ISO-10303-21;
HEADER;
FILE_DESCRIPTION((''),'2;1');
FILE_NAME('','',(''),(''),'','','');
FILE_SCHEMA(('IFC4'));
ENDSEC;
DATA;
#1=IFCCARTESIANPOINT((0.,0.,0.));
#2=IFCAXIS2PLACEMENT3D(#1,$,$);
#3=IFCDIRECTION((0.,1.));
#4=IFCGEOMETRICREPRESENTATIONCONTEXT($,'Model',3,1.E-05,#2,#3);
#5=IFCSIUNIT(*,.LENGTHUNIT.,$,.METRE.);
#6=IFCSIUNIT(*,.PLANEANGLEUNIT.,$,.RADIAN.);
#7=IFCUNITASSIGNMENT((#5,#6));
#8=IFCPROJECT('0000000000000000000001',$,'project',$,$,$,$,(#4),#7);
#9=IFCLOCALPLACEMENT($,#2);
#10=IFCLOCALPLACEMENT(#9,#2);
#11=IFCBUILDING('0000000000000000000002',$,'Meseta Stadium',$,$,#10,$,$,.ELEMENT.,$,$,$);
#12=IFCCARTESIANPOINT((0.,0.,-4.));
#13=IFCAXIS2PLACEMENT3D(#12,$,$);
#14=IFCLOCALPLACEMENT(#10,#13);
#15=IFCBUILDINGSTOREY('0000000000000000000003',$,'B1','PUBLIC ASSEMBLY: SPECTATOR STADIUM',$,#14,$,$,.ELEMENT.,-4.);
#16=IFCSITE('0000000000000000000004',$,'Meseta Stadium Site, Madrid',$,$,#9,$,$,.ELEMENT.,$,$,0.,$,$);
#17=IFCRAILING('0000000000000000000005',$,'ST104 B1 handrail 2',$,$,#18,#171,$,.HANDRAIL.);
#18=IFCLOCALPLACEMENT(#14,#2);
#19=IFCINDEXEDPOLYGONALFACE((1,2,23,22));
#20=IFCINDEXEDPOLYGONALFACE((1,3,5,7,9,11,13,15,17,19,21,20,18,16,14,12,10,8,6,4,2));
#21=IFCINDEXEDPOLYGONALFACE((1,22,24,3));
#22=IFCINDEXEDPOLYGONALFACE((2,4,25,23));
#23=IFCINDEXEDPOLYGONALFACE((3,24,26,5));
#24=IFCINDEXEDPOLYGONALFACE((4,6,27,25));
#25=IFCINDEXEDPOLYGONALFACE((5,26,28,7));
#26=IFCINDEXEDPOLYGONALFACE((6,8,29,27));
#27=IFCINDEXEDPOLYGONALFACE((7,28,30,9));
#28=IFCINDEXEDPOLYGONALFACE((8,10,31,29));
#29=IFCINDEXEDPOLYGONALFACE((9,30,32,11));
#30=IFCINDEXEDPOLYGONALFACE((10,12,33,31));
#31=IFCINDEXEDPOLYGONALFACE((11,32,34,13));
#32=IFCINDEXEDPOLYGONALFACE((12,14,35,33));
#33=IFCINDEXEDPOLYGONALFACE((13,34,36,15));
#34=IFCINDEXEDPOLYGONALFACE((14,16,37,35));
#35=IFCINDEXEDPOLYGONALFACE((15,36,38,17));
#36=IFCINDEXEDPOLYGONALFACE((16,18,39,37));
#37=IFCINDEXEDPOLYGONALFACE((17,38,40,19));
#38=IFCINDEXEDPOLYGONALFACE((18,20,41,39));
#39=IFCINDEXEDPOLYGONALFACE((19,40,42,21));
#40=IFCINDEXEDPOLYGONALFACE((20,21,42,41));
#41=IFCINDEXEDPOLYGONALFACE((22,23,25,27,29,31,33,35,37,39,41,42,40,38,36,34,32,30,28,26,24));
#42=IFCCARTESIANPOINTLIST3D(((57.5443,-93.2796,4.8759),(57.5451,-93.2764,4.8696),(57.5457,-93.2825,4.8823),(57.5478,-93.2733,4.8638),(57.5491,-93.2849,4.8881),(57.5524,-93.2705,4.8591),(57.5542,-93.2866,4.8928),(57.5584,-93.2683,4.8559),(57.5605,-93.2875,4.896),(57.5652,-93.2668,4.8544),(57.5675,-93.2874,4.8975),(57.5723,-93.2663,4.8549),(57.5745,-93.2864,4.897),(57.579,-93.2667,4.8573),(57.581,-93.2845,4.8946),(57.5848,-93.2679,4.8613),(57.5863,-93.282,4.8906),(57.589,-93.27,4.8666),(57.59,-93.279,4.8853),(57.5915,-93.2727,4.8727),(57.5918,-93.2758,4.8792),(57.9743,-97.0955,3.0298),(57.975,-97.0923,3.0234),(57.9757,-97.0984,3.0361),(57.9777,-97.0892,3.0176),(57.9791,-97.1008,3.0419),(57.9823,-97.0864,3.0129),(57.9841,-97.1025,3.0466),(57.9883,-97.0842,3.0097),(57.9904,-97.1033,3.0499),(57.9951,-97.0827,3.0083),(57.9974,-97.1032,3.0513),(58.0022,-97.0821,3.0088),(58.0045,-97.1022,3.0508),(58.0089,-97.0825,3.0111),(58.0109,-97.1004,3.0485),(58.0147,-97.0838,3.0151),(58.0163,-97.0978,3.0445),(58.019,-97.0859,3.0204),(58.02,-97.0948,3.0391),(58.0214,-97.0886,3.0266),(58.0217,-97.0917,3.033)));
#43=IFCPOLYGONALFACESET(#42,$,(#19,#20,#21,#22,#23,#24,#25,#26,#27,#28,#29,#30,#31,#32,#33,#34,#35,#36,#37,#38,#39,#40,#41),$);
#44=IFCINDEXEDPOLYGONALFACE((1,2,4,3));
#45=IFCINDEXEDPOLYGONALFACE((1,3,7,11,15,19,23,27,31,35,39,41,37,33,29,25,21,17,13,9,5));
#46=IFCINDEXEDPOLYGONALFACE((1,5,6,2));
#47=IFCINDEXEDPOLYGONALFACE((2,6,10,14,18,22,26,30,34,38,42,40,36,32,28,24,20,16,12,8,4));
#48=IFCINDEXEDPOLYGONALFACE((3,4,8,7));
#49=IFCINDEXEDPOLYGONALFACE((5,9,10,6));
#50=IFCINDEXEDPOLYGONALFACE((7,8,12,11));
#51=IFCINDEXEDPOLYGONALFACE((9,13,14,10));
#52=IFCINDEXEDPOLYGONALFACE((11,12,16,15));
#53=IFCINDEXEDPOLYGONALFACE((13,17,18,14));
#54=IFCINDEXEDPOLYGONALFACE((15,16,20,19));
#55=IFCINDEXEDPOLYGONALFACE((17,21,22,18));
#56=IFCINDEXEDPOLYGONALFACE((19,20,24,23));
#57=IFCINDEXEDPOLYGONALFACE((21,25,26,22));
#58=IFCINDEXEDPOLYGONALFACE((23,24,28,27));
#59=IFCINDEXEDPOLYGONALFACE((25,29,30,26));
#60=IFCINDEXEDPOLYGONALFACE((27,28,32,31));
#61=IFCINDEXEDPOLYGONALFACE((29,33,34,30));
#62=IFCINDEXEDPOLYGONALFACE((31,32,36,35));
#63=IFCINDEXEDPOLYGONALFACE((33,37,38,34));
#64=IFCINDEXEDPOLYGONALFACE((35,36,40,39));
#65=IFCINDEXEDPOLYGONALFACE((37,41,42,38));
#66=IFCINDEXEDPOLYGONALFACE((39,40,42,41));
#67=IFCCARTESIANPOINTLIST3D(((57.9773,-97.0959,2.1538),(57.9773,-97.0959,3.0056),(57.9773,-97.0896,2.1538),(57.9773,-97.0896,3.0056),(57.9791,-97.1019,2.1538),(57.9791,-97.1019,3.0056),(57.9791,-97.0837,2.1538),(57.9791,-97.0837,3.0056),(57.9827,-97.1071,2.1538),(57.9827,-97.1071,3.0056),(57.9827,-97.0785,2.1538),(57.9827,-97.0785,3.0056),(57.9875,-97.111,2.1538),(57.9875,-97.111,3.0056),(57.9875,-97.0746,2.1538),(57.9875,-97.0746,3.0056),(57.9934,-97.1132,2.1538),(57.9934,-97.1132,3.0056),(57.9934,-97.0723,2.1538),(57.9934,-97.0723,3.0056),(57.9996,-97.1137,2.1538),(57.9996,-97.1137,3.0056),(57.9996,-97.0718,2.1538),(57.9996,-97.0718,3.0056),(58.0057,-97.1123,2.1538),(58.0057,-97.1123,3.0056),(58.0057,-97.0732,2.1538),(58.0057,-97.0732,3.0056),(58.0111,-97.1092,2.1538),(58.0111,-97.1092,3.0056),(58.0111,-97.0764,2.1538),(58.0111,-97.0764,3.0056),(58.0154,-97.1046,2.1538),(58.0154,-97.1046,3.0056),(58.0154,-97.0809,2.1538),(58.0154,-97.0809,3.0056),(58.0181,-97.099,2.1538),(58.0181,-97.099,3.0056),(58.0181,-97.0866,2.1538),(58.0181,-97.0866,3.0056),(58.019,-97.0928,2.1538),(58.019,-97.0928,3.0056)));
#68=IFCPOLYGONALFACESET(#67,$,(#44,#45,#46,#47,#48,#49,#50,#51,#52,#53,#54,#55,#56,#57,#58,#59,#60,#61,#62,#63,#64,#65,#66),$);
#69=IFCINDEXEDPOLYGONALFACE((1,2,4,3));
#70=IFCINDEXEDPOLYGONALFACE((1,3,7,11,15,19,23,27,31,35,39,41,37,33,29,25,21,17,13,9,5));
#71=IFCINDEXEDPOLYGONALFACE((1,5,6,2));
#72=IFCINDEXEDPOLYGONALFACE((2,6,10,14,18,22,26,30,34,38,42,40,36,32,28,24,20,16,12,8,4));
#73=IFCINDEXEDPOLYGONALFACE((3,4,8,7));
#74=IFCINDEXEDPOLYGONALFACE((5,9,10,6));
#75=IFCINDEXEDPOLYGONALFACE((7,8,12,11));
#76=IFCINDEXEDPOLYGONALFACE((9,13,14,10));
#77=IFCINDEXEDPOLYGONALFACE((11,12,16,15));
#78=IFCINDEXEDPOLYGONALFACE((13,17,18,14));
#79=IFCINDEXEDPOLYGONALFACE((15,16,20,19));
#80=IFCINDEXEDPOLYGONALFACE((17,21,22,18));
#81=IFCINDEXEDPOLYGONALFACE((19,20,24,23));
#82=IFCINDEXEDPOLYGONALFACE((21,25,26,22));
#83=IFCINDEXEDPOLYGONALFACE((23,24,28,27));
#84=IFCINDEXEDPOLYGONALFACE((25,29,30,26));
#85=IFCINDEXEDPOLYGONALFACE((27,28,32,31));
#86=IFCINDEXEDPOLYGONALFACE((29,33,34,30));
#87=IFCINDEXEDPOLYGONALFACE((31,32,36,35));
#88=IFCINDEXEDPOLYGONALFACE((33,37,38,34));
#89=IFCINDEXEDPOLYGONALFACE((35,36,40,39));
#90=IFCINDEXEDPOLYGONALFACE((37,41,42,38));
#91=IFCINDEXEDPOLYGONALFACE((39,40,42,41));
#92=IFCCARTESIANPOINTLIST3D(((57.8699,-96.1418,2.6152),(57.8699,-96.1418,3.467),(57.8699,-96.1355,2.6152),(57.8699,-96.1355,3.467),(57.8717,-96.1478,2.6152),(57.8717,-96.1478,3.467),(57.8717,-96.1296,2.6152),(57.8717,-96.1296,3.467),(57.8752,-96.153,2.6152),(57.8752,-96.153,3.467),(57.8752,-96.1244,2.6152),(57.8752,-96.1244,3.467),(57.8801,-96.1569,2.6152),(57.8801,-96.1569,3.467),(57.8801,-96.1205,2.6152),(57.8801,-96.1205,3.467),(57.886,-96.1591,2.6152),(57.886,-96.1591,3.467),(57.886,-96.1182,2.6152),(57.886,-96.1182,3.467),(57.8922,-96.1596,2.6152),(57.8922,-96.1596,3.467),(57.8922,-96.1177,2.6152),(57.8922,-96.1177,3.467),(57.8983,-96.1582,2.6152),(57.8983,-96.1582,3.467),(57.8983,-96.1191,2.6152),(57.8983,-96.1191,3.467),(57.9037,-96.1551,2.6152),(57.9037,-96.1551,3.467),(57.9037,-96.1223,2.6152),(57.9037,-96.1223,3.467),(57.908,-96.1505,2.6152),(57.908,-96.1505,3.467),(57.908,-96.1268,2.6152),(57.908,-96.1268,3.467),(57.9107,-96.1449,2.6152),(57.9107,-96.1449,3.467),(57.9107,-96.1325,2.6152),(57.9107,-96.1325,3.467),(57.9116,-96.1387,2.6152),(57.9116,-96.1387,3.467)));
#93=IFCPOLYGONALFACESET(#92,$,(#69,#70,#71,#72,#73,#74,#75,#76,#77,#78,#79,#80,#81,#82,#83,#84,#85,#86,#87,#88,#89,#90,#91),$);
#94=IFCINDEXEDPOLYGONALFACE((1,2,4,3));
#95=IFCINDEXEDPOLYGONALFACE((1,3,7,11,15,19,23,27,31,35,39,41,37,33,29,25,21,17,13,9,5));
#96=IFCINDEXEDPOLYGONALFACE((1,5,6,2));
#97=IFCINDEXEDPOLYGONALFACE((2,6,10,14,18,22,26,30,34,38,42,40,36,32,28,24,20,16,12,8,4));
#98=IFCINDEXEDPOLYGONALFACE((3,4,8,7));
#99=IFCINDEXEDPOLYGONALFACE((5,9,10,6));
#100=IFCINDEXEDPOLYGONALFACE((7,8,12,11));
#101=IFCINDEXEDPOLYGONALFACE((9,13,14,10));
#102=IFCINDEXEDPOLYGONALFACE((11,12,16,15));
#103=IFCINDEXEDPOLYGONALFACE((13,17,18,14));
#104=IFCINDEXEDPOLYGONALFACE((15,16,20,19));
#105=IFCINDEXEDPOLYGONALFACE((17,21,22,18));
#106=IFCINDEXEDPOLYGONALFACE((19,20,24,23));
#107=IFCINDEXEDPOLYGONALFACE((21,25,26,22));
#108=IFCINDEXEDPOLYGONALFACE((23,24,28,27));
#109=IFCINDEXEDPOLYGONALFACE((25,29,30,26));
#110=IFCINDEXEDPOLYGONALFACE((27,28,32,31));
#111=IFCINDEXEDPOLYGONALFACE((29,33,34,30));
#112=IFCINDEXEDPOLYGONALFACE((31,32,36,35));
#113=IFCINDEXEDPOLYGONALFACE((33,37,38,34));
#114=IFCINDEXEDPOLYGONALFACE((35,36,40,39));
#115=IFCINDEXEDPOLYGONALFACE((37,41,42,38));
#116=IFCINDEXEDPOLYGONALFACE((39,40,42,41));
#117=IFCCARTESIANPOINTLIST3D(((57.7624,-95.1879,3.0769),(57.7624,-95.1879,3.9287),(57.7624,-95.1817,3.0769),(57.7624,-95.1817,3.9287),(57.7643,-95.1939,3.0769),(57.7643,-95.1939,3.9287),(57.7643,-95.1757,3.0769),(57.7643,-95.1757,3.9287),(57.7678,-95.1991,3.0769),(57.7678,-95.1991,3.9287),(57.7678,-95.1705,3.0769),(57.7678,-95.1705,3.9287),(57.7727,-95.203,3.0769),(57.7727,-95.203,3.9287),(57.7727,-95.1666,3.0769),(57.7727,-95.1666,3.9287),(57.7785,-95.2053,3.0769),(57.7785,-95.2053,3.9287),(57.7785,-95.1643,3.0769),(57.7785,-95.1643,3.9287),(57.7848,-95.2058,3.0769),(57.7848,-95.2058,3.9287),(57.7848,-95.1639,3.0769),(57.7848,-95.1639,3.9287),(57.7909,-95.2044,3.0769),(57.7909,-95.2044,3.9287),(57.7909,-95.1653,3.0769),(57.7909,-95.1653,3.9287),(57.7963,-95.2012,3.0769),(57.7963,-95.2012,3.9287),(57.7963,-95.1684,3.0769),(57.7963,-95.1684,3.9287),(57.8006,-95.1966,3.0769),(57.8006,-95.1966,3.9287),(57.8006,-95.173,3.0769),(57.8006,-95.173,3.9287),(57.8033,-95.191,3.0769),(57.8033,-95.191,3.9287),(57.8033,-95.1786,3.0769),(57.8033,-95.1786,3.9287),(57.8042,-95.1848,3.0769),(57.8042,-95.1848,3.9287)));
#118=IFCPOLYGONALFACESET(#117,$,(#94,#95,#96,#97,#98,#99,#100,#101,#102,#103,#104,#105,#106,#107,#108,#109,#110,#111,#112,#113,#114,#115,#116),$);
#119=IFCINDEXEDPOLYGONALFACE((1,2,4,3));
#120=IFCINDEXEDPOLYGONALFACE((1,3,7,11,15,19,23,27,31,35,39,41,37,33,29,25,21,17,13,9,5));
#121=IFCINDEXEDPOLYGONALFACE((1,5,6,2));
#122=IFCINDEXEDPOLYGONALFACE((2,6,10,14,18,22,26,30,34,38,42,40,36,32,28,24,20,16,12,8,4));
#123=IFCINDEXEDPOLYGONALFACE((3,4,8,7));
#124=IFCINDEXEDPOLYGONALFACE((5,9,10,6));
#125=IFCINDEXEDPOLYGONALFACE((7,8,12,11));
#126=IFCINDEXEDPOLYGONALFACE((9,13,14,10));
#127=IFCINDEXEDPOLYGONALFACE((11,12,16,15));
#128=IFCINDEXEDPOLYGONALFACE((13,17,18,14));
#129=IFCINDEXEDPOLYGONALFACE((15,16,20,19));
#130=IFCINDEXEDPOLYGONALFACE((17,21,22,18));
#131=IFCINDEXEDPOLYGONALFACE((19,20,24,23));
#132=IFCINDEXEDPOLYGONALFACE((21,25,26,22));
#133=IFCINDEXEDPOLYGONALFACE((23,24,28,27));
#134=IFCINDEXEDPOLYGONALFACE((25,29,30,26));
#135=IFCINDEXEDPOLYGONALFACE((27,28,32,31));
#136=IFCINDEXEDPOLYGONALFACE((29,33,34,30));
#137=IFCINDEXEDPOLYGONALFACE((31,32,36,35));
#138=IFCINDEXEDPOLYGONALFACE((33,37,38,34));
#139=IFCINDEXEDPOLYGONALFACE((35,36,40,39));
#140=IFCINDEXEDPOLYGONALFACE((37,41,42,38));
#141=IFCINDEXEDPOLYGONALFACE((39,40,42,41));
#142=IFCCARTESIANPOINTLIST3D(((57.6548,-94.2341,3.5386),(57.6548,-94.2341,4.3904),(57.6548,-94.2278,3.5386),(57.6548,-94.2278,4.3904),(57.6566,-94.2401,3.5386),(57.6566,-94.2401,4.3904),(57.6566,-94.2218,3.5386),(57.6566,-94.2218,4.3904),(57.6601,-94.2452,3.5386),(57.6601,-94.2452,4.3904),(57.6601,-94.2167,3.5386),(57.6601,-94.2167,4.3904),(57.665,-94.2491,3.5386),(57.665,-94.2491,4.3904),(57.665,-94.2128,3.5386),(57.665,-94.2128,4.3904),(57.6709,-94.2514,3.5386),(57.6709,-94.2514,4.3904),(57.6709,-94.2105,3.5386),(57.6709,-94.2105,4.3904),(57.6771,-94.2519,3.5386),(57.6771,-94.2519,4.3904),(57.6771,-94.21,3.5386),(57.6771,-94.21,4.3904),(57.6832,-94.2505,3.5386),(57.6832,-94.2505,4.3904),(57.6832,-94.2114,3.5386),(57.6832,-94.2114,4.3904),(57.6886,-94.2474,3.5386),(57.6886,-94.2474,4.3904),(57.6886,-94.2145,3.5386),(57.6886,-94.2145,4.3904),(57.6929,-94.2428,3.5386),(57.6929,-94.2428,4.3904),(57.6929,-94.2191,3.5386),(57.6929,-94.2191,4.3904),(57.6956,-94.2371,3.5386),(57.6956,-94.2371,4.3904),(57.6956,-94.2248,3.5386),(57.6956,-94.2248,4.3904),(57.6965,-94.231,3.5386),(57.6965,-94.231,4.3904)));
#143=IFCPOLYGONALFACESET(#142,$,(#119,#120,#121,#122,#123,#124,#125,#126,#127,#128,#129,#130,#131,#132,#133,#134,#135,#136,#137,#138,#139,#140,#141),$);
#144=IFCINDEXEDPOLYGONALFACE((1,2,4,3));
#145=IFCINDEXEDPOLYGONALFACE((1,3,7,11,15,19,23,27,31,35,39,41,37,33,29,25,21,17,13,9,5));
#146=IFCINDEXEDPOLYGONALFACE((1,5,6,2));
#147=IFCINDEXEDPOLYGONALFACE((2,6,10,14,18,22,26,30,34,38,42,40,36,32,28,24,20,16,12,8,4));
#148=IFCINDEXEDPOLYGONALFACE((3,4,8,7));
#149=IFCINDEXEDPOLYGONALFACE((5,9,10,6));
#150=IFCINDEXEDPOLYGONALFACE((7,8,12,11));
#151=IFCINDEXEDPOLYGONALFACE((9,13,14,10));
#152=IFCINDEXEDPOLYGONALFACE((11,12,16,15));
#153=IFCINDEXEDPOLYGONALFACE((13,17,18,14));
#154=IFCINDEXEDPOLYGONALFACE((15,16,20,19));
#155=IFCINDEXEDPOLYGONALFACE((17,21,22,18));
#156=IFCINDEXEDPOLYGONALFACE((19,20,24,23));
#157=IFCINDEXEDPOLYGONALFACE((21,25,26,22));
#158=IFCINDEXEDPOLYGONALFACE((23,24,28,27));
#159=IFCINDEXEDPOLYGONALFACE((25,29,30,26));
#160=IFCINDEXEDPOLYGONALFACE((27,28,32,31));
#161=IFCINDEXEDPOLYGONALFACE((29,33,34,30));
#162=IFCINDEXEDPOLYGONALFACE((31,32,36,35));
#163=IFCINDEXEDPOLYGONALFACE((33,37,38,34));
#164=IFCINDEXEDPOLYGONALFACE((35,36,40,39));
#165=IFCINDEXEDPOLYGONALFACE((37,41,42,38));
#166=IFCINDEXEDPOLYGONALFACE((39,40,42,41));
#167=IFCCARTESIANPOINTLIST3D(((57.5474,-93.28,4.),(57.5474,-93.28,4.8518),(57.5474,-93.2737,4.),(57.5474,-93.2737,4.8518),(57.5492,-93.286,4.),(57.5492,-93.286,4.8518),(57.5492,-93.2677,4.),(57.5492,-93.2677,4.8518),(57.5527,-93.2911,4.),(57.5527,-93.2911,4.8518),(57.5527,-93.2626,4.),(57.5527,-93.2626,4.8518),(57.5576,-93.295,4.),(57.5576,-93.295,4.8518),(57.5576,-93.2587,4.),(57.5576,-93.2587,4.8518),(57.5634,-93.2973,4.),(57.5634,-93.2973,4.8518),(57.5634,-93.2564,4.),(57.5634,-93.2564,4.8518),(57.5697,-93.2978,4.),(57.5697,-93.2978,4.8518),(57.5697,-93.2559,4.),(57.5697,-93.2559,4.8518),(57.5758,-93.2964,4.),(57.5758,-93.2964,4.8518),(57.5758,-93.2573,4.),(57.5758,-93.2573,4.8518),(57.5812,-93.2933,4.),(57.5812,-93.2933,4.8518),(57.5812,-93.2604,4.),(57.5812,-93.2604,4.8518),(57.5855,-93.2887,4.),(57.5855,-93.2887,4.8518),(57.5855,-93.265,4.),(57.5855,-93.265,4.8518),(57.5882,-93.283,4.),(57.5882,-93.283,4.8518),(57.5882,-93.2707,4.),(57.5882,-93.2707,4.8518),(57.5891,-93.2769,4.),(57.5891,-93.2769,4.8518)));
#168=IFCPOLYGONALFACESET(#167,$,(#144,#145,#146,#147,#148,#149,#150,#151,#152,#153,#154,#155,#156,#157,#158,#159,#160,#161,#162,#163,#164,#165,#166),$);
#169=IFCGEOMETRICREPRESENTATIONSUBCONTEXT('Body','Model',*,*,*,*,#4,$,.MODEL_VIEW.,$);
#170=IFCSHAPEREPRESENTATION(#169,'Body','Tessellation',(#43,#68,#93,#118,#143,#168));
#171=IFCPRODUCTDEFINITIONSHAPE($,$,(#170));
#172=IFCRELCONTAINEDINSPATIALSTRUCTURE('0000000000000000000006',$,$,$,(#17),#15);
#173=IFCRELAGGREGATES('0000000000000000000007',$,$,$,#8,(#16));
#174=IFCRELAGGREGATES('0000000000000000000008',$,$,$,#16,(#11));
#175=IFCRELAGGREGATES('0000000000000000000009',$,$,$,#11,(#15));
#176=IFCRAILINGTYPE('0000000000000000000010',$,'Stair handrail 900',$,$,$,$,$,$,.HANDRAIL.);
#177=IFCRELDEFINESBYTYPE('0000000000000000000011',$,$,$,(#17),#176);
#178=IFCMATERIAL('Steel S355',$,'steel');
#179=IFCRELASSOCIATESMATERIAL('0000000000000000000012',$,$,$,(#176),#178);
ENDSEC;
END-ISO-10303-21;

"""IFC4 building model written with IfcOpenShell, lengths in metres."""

from ifc_helpers import new_model, si_unit, direction, frame, origin, origin_2d, place, context, subcontext, project, spatial, circle, extrude, material, type_object, element, save


model = new_model("IFC4")

# Units and contexts
model_context = context("Model", 3, precision=1e-05, world=origin(), true_north=direction((0.0, 1.0)))
body_context = subcontext(model_context, "Body", "Model", "MODEL_VIEW")
ifc_project = project(units=[si_unit("LENGTHUNIT", "METRE"), si_unit("PLANEANGLEUNIT", "RADIAN")], contexts=[model_context])

# Site, building, storey
site_placement = place(None, origin())
site = spatial("IfcSite", under=ifc_project, at=site_placement, Name="Meseta Stadium Site, Madrid", CompositionType="ELEMENT", RefElevation=0.0)
building_placement = place(site_placement, origin())
building = spatial("IfcBuilding", under=site, at=building_placement, Name="Meseta Stadium", CompositionType="ELEMENT")
storey_placement = place(building_placement, frame((0.0, 0.0, -4.0)))
storey = spatial("IfcBuildingStorey", under=building, at=storey_placement, Name="B1", Description="PUBLIC ASSEMBLY: SPECTATOR STADIUM", CompositionType="ELEMENT", Elevation=-4.0)

# Railing
ifc_material_1 = material(Name="Steel S355", Category="steel")
railing_type_1 = type_object("IfcRailingType", Name="Stair handrail 900", PredefinedType="HANDRAIL", material=ifc_material_1)
for number, where, name in (
    (1, (57.998, -97.0928, 2.1538), "ST104 B1 handrail 2"),
):
    element("IfcRailing", number, at=place(storey_placement, frame(where)), inside=storey, type_object=railing_type_1, Name=name, PredefinedType="HANDRAIL", context=body_context, shape_type="SweptSolid", body=[
        extrude(circle(Radius=0.0239, at=origin_2d()), frame((0.0, 0.0, 0.876), z_axis=(-0.100904, 0.895585, 0.433296), x_axis=(-0.993713, -0.11196, 0.0)), (0.0, 0.0, 1.0), 4.2607),
        extrude(circle(Radius=0.021, at=origin_2d()), origin(), (0.0, 0.0, 1.0), 0.8518),
        extrude(circle(Radius=0.021, at=origin_2d()), frame((-0.1074, 0.9541, 0.4614)), (0.0, 0.0, 1.0), 0.8518),
        extrude(circle(Radius=0.021, at=origin_2d()), frame((-0.2148, 1.908, 0.9231)), (0.0, 0.0, 1.0), 0.8518),
        extrude(circle(Radius=0.021, at=origin_2d()), frame((-0.3225, 2.8618, 1.3848)), (0.0, 0.0, 1.0), 0.8518),
        extrude(circle(Radius=0.021, at=origin_2d()), frame((-0.4299, 3.8159, 1.8462)), (0.0, 0.0, 1.0), 0.8518),
    ])

save(model, "model.ifc")
